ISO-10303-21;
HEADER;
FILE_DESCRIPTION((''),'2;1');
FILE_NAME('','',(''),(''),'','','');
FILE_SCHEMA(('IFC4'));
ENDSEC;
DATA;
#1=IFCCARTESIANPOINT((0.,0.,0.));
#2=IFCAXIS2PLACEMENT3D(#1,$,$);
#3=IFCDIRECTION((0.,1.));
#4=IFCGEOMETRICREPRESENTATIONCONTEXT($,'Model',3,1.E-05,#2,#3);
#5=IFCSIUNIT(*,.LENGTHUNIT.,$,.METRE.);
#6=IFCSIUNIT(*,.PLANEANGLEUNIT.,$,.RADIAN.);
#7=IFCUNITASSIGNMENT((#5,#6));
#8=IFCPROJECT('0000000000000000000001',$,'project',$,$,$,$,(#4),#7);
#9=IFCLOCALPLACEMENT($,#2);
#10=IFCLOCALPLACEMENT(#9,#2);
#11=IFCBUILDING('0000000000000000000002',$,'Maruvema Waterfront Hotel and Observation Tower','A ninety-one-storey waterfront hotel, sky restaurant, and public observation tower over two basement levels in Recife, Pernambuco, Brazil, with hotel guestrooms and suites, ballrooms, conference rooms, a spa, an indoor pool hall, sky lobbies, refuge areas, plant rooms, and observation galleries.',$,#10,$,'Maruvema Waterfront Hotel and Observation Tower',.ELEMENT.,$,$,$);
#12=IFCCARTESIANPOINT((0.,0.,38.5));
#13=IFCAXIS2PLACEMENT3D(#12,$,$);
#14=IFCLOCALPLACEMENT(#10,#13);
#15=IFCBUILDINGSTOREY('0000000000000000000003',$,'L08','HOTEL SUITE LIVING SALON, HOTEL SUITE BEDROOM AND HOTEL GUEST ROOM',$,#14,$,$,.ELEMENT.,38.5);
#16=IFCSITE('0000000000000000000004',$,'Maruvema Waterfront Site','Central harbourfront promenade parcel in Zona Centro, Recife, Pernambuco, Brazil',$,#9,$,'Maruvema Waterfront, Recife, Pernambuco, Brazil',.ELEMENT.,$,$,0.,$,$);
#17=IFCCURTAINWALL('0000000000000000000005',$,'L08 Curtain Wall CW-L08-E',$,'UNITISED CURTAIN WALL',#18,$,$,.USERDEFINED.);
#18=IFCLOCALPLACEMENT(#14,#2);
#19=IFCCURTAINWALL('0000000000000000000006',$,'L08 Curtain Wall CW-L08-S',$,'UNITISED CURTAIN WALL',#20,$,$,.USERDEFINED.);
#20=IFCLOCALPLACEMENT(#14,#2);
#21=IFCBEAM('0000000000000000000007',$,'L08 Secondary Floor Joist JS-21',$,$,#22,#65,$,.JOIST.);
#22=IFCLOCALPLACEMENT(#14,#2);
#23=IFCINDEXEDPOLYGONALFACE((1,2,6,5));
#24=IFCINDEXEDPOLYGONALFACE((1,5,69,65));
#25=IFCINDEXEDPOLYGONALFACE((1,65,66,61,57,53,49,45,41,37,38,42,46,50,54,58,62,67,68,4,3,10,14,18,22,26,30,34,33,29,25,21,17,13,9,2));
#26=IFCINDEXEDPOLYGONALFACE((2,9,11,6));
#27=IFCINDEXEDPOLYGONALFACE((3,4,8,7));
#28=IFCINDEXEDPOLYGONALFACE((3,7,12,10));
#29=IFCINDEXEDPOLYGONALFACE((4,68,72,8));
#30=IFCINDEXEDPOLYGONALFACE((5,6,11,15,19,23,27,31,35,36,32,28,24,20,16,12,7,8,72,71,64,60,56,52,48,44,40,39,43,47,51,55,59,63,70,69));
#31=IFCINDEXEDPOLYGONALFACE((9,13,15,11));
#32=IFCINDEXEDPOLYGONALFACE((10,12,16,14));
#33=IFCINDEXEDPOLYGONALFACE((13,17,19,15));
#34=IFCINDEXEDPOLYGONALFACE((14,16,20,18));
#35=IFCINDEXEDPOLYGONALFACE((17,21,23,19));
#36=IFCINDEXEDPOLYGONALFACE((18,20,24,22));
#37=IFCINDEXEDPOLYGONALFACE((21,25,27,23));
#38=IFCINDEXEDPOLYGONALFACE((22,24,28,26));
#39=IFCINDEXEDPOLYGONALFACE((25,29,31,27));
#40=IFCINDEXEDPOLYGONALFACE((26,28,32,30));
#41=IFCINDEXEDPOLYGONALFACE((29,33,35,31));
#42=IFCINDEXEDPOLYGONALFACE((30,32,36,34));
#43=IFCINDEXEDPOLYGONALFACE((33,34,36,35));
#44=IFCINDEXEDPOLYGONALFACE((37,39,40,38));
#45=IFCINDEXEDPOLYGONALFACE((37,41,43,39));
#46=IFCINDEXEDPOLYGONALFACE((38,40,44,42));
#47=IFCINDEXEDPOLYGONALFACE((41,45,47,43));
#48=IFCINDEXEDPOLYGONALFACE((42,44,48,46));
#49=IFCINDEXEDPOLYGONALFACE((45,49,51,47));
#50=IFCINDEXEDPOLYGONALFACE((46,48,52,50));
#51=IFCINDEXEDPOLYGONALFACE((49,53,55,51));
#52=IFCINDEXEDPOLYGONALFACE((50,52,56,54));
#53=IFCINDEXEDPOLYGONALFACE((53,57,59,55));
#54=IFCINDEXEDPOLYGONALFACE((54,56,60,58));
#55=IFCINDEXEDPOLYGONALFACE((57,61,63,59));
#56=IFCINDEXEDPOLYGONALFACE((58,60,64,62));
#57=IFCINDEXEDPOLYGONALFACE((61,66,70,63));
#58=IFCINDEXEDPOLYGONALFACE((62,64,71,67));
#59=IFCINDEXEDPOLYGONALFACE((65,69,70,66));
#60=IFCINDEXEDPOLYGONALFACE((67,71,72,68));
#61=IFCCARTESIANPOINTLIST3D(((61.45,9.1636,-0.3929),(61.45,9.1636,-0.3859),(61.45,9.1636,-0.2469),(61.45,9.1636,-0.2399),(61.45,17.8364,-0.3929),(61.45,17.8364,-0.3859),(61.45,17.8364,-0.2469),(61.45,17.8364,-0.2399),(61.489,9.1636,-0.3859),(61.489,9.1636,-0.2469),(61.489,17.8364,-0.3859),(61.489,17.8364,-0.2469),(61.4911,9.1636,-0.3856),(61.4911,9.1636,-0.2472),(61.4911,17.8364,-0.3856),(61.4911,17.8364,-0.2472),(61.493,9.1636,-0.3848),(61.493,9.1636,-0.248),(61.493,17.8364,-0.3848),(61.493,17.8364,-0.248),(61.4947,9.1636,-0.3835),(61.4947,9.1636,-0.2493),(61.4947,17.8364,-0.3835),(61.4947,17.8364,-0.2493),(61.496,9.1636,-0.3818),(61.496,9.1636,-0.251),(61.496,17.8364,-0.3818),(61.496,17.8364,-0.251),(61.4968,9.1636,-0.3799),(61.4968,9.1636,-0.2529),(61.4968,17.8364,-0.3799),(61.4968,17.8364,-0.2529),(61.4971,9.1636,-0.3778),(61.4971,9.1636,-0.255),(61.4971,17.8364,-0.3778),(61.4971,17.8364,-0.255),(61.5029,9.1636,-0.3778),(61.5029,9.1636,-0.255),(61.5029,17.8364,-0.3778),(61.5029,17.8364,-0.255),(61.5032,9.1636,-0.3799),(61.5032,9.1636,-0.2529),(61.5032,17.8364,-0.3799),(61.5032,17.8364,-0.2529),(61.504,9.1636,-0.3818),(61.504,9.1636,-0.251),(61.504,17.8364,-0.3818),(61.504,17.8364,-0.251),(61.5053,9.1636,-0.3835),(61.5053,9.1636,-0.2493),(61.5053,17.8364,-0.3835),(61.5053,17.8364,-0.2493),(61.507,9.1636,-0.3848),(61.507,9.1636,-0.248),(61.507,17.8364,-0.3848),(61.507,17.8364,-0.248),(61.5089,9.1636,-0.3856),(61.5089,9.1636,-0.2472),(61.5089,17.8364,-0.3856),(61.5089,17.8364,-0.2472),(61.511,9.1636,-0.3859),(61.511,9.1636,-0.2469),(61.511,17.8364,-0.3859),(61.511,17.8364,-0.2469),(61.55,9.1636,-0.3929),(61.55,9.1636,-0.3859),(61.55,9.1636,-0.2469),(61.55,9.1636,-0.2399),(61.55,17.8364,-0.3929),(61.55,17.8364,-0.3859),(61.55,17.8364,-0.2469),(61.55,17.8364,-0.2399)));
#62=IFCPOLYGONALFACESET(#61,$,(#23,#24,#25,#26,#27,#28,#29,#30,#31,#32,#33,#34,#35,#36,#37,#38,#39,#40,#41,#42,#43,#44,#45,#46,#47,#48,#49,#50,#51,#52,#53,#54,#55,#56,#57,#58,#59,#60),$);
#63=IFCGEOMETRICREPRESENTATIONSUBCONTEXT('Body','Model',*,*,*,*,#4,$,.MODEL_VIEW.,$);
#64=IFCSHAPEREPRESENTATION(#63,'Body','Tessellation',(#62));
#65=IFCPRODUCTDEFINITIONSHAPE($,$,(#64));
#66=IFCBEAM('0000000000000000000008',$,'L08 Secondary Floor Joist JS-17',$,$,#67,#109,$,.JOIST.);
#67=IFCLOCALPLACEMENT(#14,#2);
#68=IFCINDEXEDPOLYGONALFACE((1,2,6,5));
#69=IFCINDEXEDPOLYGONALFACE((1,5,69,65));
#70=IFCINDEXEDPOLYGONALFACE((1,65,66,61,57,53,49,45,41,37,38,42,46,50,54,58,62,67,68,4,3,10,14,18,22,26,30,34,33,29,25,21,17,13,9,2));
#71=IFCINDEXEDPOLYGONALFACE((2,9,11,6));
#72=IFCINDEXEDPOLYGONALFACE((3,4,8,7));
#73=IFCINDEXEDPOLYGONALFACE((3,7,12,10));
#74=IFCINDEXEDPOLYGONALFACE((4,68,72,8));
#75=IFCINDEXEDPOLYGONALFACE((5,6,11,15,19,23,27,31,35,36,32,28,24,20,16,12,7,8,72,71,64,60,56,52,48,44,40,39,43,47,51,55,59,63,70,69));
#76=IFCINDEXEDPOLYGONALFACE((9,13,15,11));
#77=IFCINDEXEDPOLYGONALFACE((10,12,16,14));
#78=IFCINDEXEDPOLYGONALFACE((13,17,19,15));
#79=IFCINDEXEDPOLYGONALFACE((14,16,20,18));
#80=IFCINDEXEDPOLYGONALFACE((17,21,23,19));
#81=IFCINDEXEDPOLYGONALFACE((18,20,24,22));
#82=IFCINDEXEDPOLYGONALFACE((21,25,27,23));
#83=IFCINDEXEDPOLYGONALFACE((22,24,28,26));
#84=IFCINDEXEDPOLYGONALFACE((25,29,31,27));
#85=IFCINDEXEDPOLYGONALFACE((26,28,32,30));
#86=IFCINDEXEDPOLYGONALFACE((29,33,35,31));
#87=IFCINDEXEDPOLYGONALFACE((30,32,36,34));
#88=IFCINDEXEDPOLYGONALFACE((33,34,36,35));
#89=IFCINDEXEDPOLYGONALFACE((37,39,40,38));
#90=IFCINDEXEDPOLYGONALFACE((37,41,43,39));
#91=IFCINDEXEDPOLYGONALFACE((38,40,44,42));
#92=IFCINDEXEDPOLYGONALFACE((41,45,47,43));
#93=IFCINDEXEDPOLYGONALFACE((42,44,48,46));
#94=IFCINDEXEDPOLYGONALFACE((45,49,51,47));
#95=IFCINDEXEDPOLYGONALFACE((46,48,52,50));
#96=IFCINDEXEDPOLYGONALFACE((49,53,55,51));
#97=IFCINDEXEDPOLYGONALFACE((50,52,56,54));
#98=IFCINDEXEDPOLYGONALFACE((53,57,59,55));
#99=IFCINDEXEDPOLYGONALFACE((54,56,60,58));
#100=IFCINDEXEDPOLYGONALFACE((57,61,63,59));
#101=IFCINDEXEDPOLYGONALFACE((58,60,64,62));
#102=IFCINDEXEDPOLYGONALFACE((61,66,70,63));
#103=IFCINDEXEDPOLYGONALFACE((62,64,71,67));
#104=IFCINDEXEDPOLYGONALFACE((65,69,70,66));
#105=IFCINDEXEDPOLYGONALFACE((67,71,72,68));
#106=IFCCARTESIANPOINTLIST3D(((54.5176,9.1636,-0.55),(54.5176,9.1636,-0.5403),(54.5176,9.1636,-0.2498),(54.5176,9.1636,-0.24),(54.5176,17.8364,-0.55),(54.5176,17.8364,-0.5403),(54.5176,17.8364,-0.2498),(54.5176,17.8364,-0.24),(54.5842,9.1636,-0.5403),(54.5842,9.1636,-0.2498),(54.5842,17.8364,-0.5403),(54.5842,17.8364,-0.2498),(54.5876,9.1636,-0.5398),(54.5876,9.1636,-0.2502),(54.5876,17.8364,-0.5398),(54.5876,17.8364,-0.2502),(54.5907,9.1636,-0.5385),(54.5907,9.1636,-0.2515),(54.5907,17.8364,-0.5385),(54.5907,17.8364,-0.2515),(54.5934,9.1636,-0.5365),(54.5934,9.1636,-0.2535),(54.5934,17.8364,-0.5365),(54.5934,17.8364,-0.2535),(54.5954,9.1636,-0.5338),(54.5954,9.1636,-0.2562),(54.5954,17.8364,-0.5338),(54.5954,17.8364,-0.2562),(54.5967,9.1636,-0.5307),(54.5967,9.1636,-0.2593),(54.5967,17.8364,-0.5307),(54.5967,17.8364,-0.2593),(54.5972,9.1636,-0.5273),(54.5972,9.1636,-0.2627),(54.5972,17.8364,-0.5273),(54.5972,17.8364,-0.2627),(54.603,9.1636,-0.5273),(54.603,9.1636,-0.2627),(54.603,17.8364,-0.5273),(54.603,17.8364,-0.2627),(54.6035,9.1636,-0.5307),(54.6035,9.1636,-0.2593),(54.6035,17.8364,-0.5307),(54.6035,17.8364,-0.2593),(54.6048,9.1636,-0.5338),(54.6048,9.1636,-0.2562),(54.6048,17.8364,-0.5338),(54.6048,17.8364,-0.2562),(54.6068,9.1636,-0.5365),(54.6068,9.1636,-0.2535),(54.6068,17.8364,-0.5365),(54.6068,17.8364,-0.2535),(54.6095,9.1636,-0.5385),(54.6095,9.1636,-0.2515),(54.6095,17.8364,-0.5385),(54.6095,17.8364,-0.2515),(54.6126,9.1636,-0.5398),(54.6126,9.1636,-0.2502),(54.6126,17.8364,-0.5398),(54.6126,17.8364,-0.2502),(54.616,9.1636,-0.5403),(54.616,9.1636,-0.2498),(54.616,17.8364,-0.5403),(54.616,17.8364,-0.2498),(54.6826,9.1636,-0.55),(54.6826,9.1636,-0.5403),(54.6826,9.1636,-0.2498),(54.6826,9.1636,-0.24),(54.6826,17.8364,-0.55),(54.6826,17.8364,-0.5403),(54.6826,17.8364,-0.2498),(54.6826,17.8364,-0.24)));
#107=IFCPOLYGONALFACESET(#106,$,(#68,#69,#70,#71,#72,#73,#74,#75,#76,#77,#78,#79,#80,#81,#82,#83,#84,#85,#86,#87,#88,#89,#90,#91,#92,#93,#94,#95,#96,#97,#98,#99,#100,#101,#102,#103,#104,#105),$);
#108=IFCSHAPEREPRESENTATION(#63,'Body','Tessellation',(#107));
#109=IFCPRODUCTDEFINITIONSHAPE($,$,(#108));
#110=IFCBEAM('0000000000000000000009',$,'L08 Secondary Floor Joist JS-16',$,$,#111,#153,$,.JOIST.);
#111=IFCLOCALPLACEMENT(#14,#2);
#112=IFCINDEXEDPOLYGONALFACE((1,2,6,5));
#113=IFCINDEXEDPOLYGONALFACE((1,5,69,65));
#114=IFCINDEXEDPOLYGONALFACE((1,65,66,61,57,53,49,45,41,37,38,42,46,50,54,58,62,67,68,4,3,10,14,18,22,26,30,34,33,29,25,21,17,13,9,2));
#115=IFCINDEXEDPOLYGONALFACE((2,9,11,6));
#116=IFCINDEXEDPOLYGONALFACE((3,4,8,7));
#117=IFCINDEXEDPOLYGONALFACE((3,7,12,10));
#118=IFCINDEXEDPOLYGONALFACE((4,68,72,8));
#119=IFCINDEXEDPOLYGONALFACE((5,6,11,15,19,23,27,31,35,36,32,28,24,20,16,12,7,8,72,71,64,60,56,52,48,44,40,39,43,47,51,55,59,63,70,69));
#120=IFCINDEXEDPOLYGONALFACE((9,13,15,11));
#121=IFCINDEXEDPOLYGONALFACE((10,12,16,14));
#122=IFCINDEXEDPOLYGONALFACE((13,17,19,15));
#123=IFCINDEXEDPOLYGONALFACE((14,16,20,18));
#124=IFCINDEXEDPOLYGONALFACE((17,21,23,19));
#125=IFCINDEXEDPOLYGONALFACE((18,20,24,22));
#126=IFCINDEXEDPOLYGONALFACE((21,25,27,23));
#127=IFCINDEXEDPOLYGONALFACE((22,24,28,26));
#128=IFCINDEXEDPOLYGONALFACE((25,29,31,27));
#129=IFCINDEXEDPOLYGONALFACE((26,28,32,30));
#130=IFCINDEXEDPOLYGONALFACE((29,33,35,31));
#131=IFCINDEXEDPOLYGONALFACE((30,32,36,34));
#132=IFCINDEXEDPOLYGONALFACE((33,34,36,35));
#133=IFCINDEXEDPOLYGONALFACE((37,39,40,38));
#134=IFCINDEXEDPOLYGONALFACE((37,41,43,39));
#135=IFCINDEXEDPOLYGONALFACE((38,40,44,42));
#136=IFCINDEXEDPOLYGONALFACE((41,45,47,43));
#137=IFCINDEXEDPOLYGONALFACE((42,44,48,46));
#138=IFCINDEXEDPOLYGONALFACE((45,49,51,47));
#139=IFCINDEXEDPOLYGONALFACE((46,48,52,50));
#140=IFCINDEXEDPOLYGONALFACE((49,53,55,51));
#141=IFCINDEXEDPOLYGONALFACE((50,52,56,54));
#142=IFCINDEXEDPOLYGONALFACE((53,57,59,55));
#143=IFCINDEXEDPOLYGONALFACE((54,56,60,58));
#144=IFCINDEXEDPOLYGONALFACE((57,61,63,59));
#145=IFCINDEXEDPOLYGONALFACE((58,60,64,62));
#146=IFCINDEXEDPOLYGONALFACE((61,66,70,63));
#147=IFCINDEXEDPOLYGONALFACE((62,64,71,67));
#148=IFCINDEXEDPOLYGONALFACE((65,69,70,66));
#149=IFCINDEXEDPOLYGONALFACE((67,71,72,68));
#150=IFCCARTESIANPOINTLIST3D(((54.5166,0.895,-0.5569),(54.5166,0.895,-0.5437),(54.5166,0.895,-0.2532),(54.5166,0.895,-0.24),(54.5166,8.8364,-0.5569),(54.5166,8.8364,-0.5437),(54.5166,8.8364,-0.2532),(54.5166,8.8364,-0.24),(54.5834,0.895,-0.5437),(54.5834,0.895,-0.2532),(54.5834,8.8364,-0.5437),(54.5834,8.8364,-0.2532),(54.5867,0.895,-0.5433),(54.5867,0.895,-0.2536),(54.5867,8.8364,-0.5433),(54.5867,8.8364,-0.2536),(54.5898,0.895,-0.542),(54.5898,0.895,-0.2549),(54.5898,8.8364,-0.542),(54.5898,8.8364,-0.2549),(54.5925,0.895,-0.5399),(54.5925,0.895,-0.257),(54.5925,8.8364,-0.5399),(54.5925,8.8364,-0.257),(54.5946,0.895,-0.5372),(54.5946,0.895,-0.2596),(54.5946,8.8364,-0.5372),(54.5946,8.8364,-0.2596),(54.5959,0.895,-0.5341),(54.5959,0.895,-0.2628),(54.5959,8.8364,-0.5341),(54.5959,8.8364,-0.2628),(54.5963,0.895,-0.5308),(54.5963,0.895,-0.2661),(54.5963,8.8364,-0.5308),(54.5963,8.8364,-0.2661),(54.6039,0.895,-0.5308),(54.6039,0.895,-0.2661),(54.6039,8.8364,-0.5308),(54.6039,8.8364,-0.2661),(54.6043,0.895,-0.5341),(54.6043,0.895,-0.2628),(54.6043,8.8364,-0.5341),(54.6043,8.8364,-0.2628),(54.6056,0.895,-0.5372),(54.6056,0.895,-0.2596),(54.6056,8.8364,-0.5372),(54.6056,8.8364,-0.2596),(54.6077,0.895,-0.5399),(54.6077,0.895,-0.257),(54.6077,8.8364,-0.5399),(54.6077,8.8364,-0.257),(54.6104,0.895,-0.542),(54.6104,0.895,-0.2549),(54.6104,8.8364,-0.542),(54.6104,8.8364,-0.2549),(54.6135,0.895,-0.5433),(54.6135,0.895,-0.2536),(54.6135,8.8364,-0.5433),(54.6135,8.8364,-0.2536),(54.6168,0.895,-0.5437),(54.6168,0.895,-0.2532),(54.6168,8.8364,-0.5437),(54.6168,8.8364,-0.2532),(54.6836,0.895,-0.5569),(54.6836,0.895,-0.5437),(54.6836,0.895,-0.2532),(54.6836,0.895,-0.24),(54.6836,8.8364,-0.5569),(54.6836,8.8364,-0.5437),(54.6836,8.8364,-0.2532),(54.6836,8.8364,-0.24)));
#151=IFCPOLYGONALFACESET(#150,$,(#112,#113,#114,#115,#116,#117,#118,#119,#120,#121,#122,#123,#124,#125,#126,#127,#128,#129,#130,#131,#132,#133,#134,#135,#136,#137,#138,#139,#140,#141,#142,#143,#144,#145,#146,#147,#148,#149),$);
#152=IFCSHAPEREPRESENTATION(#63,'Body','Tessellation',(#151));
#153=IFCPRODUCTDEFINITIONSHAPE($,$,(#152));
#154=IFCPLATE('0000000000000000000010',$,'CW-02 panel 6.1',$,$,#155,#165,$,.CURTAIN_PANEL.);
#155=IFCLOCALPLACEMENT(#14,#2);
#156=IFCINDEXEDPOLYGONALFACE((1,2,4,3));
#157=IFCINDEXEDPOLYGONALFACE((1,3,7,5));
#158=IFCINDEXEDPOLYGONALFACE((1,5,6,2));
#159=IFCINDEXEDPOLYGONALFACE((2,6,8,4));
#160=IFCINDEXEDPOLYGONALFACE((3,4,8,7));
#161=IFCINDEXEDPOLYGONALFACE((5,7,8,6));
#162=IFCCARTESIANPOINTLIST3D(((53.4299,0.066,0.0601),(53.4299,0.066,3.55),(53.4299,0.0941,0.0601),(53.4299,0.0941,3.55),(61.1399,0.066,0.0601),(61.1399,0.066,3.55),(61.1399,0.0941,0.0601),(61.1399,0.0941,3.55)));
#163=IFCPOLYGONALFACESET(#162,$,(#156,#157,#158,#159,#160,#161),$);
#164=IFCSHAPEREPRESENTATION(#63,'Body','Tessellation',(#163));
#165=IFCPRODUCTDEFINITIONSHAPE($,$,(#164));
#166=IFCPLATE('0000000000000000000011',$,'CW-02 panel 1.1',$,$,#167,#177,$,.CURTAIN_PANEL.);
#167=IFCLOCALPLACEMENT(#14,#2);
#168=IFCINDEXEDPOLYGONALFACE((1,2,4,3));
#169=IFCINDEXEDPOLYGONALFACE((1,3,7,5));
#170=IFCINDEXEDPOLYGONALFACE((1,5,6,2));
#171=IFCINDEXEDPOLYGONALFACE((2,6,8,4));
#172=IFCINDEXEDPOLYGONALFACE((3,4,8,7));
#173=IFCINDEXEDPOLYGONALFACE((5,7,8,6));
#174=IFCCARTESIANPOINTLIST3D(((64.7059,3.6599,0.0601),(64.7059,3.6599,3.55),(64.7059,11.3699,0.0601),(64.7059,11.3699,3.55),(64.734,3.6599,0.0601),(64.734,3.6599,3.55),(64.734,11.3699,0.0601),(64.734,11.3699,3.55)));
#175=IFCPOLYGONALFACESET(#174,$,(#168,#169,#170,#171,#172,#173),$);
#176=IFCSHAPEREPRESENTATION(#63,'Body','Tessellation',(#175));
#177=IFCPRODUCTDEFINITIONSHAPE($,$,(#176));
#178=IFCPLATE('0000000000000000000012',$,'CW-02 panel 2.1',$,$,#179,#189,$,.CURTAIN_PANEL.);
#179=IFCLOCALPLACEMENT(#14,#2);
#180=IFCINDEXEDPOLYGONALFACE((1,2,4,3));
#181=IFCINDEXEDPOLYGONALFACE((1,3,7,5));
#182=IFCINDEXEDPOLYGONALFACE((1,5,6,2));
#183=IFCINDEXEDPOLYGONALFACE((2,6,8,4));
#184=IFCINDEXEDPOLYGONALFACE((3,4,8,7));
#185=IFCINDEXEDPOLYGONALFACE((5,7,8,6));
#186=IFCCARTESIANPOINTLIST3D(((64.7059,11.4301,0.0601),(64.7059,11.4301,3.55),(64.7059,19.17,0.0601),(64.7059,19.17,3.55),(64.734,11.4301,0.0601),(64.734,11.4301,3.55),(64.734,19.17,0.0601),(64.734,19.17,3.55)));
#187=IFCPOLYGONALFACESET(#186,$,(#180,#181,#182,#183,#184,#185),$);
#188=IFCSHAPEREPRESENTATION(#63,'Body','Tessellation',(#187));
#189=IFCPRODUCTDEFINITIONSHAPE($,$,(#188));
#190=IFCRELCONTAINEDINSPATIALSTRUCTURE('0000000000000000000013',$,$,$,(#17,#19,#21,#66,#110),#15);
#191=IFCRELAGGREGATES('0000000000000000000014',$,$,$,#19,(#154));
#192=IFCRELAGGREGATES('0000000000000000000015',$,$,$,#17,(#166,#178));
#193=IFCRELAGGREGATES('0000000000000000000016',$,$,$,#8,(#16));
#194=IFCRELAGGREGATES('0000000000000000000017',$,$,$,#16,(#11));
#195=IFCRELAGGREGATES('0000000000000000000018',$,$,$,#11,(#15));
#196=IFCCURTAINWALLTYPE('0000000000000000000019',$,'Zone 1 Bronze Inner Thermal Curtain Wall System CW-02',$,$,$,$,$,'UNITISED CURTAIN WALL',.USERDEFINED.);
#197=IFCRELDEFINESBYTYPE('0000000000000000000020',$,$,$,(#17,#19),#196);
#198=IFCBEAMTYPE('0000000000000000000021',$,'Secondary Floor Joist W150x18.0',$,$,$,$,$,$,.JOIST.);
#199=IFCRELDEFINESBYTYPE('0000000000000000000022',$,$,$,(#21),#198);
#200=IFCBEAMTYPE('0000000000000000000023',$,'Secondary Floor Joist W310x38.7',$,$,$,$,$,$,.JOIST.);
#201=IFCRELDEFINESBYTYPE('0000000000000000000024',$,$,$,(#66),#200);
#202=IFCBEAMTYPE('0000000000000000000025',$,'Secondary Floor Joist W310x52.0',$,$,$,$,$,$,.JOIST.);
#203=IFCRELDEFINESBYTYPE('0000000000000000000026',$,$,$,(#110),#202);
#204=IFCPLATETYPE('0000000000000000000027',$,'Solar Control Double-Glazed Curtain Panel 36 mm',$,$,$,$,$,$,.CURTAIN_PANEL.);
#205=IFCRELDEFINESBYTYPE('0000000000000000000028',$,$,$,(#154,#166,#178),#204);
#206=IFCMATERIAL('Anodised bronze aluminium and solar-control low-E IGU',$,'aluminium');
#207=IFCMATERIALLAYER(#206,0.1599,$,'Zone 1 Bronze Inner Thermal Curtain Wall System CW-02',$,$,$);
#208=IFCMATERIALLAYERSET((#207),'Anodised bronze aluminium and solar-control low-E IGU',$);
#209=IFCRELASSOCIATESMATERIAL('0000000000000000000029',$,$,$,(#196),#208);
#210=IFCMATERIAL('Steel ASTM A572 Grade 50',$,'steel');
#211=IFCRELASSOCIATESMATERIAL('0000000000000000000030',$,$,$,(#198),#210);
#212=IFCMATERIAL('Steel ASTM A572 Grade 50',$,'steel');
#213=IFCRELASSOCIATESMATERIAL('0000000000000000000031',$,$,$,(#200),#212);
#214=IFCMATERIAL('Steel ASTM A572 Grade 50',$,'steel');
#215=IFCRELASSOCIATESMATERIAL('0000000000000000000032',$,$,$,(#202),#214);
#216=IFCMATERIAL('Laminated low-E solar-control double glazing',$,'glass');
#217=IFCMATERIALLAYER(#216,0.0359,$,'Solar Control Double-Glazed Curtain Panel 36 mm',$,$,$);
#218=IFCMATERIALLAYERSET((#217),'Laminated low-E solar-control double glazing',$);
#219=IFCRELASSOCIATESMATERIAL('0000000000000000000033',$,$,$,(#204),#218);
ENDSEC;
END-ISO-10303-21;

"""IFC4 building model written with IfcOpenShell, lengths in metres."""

from ifc_helpers import new_model, si_unit, direction, frame, origin, origin_2d, place, context, subcontext, project, spatial, rectangle, i_section, extrude, material, layer, layer_set, material_profile, profile_set, type_object, element, aggregate, save


model = new_model("IFC4")

# Units and contexts
model_context = context("Model", 3, precision=1e-05, world=origin(), true_north=direction((0.0, 1.0)))
body_context = subcontext(model_context, "Body", "Model", "MODEL_VIEW")
ifc_project = project(units=[si_unit("LENGTHUNIT", "METRE"), si_unit("PLANEANGLEUNIT", "RADIAN")], contexts=[model_context])

# Site, building, storey
site_placement = place(None, origin())
site = spatial("IfcSite", under=ifc_project, at=site_placement, Name="Maruvema Waterfront Site", Description="Central harbourfront promenade parcel in Zona Centro, Recife, Pernambuco, Brazil", LongName="Maruvema Waterfront, Recife, Pernambuco, Brazil", CompositionType="ELEMENT", RefElevation=0.0)
building_placement = place(site_placement, origin())
building = spatial("IfcBuilding", under=site, at=building_placement, Name="Maruvema Waterfront Hotel and Observation Tower", Description="A ninety-one-storey waterfront hotel, sky restaurant, and public observation tower over two basement levels in Recife, Pernambuco, Brazil, with hotel guestrooms and suites, ballrooms, conference rooms, a spa, an indoor pool hall, sky lobbies, refuge areas, plant rooms, and observation galleries.", LongName="Maruvema Waterfront Hotel and Observation Tower", CompositionType="ELEMENT")
storey_placement = place(building_placement, frame((0.0, 0.0, 38.5)))
storey = spatial("IfcBuildingStorey", under=building, at=storey_placement, Name="L08", Description="HOTEL SUITE LIVING SALON, HOTEL SUITE BEDROOM AND HOTEL GUEST ROOM", CompositionType="ELEMENT", Elevation=38.5)

# Curtain wall
ifc_material_1 = material(Name="Anodised bronze aluminium and solar-control low-E IGU", Category="aluminium")
ifc_layer_1 = layer(ifc_material_1, 0.1599, Name="Zone 1 Bronze Inner Thermal Curtain Wall System CW-02")
ifc_layer_set_1 = layer_set([ifc_layer_1], Name="Anodised bronze aluminium and solar-control low-E IGU")
curtain_wall_type = type_object("IfcCurtainWallType", Name="Zone 1 Bronze Inner Thermal Curtain Wall System CW-02", ElementType="UNITISED CURTAIN WALL", PredefinedType="USERDEFINED", material=ifc_layer_set_1)
curtain_wall_1_placement = place(storey_placement, origin())
curtain_wall_1 = element("IfcCurtainWall", 1, at=curtain_wall_1_placement, inside=storey, type_object=curtain_wall_type, Name="L08 Curtain Wall CW-L08-E", ObjectType="UNITISED CURTAIN WALL", PredefinedType="USERDEFINED")

# Curtain wall
curtain_wall_2_placement = place(storey_placement, origin())
curtain_wall_2 = element("IfcCurtainWall", 2, at=curtain_wall_2_placement, inside=storey, type_object=curtain_wall_type, Name="L08 Curtain Wall CW-L08-S", ObjectType="UNITISED CURTAIN WALL", PredefinedType="USERDEFINED")

# Beams
ifc_material_2 = material(Name="Steel ASTM A572 Grade 50", Category="steel")
ifc_material_profile_1 = material_profile(ifc_material_2, i_section(OverallWidth=0.1001, OverallDepth=0.1531, WebThickness=0.0059, FlangeThickness=0.0071, FilletRadius=0.0081, at=origin_2d()), Name="W150x18.0")
ifc_profile_set_1 = profile_set([ifc_material_profile_1], Name="Steel ASTM A572 Grade 50")
beam_type_1 = type_object("IfcBeamType", Name="Secondary Floor Joist W150x18.0", PredefinedType="JOIST", material=ifc_profile_set_1)
beam_1_placement = place(storey_placement, frame((61.5, 9.1636, -0.3164), z_axis=(0.0, 1.0, 0.0), x_axis=(-1.0, 0.0, 0.0)))
element("IfcBeam", 3, at=beam_1_placement, inside=storey, type_object=beam_type_1, Name="L08 Secondary Floor Joist JS-21", PredefinedType="JOIST", context=body_context, shape_type="SweptSolid", body=[
    extrude(i_section(OverallWidth=0.1001, OverallDepth=0.1531, WebThickness=0.0059, FlangeThickness=0.0071, FilletRadius=0.0081, at=origin_2d()), origin(), (0.0, 0.0, 1.0), 8.6729),
])
ifc_material_3 = material(Name="Steel ASTM A572 Grade 50", Category="steel")
ifc_material_profile_2 = material_profile(ifc_material_3, i_section(OverallWidth=0.165, OverallDepth=0.3101, WebThickness=0.0059, FlangeThickness=0.0098, FilletRadius=0.0129, at=origin_2d()), Name="W310x38.7")
ifc_profile_set_2 = profile_set([ifc_material_profile_2], Name="Steel ASTM A572 Grade 50")
beam_type_2 = type_object("IfcBeamType", Name="Secondary Floor Joist W310x38.7", PredefinedType="JOIST", material=ifc_profile_set_2)
beam_2_placement = place(storey_placement, frame((54.6001, 9.1636, -0.395), z_axis=(0.0, 1.0, 0.0), x_axis=(-1.0, 0.0, 0.0)))
element("IfcBeam", 4, at=beam_2_placement, inside=storey, type_object=beam_type_2, Name="L08 Secondary Floor Joist JS-17", PredefinedType="JOIST", context=body_context, shape_type="SweptSolid", body=[
    extrude(i_section(OverallWidth=0.165, OverallDepth=0.3101, WebThickness=0.0059, FlangeThickness=0.0098, FilletRadius=0.0129, at=origin_2d()), origin(), (0.0, 0.0, 1.0), 8.6729),
])
ifc_material_4 = material(Name="Steel ASTM A572 Grade 50", Category="steel")
ifc_material_profile_3 = material_profile(ifc_material_4, i_section(OverallWidth=0.167, OverallDepth=0.3169, WebThickness=0.0076, FlangeThickness=0.0132, FilletRadius=0.0129, at=origin_2d()), Name="W310x52.0")
ifc_profile_set_3 = profile_set([ifc_material_profile_3], Name="Steel ASTM A572 Grade 50")
beam_type_3 = type_object("IfcBeamType", Name="Secondary Floor Joist W310x52.0", PredefinedType="JOIST", material=ifc_profile_set_3)
beam_3_placement = place(storey_placement, frame((54.6001, 0.895, -0.3984), z_axis=(0.0, 1.0, 0.0), x_axis=(-1.0, 0.0, 0.0)))
element("IfcBeam", 5, at=beam_3_placement, inside=storey, type_object=beam_type_3, Name="L08 Secondary Floor Joist JS-16", PredefinedType="JOIST", context=body_context, shape_type="SweptSolid", body=[
    extrude(i_section(OverallWidth=0.167, OverallDepth=0.3169, WebThickness=0.0076, FlangeThickness=0.0132, FilletRadius=0.0129, at=origin_2d()), origin(), (0.0, 0.0, 1.0), 7.9414),
])

# Plates
ifc_material_5 = material(Name="Laminated low-E solar-control double glazing", Category="glass")
ifc_layer_2 = layer(ifc_material_5, 0.0359, Name="Solar Control Double-Glazed Curtain Panel 36 mm")
ifc_layer_set_2 = layer_set([ifc_layer_2], Name="Laminated low-E solar-control double glazing")
plate_type = type_object("IfcPlateType", Name="Solar Control Double-Glazed Curtain Panel 36 mm", PredefinedType="CURTAIN_PANEL", material=ifc_layer_set_2)
plate_1_placement = place(storey_placement, frame((57.2849, 0.0801, 0.0601), z_axis=(0.0, 0.0, 1.0), x_axis=(1.0, 0.0, 0.0)))
plate_1 = element("IfcPlate", 6, at=plate_1_placement, type_object=plate_type, Name="CW-02 panel 6.1", PredefinedType="CURTAIN_PANEL", context=body_context, shape_type="SweptSolid", body=[
    extrude(rectangle(XDim=7.71, YDim=0.0281, at=origin_2d()), origin(), (0.0, 0.0, 1.0), 3.49),
])
aggregate(curtain_wall_2, [plate_1])
plate_2_placement = place(storey_placement, frame((64.72, 7.5149, 0.0601), z_axis=(0.0, 0.0, 1.0), x_axis=(0.0, 1.0, 0.0)))
plate_2 = element("IfcPlate", 7, at=plate_2_placement, type_object=plate_type, Name="CW-02 panel 1.1", PredefinedType="CURTAIN_PANEL", context=body_context, shape_type="SweptSolid", body=[
    extrude(rectangle(XDim=7.71, YDim=0.0281, at=origin_2d()), origin(), (0.0, 0.0, 1.0), 3.49),
])
plate_3_placement = place(storey_placement, frame((64.72, 15.3, 0.0601), z_axis=(0.0, 0.0, 1.0), x_axis=(0.0, 1.0, 0.0)))
plate_3 = element("IfcPlate", 8, at=plate_3_placement, type_object=plate_type, Name="CW-02 panel 2.1", PredefinedType="CURTAIN_PANEL", context=body_context, shape_type="SweptSolid", body=[
    extrude(rectangle(XDim=7.74, YDim=0.0281, at=origin_2d()), origin(), (0.0, 0.0, 1.0), 3.49),
])
aggregate(curtain_wall_1, [plate_2, plate_3])

save(model, "model.ifc")
